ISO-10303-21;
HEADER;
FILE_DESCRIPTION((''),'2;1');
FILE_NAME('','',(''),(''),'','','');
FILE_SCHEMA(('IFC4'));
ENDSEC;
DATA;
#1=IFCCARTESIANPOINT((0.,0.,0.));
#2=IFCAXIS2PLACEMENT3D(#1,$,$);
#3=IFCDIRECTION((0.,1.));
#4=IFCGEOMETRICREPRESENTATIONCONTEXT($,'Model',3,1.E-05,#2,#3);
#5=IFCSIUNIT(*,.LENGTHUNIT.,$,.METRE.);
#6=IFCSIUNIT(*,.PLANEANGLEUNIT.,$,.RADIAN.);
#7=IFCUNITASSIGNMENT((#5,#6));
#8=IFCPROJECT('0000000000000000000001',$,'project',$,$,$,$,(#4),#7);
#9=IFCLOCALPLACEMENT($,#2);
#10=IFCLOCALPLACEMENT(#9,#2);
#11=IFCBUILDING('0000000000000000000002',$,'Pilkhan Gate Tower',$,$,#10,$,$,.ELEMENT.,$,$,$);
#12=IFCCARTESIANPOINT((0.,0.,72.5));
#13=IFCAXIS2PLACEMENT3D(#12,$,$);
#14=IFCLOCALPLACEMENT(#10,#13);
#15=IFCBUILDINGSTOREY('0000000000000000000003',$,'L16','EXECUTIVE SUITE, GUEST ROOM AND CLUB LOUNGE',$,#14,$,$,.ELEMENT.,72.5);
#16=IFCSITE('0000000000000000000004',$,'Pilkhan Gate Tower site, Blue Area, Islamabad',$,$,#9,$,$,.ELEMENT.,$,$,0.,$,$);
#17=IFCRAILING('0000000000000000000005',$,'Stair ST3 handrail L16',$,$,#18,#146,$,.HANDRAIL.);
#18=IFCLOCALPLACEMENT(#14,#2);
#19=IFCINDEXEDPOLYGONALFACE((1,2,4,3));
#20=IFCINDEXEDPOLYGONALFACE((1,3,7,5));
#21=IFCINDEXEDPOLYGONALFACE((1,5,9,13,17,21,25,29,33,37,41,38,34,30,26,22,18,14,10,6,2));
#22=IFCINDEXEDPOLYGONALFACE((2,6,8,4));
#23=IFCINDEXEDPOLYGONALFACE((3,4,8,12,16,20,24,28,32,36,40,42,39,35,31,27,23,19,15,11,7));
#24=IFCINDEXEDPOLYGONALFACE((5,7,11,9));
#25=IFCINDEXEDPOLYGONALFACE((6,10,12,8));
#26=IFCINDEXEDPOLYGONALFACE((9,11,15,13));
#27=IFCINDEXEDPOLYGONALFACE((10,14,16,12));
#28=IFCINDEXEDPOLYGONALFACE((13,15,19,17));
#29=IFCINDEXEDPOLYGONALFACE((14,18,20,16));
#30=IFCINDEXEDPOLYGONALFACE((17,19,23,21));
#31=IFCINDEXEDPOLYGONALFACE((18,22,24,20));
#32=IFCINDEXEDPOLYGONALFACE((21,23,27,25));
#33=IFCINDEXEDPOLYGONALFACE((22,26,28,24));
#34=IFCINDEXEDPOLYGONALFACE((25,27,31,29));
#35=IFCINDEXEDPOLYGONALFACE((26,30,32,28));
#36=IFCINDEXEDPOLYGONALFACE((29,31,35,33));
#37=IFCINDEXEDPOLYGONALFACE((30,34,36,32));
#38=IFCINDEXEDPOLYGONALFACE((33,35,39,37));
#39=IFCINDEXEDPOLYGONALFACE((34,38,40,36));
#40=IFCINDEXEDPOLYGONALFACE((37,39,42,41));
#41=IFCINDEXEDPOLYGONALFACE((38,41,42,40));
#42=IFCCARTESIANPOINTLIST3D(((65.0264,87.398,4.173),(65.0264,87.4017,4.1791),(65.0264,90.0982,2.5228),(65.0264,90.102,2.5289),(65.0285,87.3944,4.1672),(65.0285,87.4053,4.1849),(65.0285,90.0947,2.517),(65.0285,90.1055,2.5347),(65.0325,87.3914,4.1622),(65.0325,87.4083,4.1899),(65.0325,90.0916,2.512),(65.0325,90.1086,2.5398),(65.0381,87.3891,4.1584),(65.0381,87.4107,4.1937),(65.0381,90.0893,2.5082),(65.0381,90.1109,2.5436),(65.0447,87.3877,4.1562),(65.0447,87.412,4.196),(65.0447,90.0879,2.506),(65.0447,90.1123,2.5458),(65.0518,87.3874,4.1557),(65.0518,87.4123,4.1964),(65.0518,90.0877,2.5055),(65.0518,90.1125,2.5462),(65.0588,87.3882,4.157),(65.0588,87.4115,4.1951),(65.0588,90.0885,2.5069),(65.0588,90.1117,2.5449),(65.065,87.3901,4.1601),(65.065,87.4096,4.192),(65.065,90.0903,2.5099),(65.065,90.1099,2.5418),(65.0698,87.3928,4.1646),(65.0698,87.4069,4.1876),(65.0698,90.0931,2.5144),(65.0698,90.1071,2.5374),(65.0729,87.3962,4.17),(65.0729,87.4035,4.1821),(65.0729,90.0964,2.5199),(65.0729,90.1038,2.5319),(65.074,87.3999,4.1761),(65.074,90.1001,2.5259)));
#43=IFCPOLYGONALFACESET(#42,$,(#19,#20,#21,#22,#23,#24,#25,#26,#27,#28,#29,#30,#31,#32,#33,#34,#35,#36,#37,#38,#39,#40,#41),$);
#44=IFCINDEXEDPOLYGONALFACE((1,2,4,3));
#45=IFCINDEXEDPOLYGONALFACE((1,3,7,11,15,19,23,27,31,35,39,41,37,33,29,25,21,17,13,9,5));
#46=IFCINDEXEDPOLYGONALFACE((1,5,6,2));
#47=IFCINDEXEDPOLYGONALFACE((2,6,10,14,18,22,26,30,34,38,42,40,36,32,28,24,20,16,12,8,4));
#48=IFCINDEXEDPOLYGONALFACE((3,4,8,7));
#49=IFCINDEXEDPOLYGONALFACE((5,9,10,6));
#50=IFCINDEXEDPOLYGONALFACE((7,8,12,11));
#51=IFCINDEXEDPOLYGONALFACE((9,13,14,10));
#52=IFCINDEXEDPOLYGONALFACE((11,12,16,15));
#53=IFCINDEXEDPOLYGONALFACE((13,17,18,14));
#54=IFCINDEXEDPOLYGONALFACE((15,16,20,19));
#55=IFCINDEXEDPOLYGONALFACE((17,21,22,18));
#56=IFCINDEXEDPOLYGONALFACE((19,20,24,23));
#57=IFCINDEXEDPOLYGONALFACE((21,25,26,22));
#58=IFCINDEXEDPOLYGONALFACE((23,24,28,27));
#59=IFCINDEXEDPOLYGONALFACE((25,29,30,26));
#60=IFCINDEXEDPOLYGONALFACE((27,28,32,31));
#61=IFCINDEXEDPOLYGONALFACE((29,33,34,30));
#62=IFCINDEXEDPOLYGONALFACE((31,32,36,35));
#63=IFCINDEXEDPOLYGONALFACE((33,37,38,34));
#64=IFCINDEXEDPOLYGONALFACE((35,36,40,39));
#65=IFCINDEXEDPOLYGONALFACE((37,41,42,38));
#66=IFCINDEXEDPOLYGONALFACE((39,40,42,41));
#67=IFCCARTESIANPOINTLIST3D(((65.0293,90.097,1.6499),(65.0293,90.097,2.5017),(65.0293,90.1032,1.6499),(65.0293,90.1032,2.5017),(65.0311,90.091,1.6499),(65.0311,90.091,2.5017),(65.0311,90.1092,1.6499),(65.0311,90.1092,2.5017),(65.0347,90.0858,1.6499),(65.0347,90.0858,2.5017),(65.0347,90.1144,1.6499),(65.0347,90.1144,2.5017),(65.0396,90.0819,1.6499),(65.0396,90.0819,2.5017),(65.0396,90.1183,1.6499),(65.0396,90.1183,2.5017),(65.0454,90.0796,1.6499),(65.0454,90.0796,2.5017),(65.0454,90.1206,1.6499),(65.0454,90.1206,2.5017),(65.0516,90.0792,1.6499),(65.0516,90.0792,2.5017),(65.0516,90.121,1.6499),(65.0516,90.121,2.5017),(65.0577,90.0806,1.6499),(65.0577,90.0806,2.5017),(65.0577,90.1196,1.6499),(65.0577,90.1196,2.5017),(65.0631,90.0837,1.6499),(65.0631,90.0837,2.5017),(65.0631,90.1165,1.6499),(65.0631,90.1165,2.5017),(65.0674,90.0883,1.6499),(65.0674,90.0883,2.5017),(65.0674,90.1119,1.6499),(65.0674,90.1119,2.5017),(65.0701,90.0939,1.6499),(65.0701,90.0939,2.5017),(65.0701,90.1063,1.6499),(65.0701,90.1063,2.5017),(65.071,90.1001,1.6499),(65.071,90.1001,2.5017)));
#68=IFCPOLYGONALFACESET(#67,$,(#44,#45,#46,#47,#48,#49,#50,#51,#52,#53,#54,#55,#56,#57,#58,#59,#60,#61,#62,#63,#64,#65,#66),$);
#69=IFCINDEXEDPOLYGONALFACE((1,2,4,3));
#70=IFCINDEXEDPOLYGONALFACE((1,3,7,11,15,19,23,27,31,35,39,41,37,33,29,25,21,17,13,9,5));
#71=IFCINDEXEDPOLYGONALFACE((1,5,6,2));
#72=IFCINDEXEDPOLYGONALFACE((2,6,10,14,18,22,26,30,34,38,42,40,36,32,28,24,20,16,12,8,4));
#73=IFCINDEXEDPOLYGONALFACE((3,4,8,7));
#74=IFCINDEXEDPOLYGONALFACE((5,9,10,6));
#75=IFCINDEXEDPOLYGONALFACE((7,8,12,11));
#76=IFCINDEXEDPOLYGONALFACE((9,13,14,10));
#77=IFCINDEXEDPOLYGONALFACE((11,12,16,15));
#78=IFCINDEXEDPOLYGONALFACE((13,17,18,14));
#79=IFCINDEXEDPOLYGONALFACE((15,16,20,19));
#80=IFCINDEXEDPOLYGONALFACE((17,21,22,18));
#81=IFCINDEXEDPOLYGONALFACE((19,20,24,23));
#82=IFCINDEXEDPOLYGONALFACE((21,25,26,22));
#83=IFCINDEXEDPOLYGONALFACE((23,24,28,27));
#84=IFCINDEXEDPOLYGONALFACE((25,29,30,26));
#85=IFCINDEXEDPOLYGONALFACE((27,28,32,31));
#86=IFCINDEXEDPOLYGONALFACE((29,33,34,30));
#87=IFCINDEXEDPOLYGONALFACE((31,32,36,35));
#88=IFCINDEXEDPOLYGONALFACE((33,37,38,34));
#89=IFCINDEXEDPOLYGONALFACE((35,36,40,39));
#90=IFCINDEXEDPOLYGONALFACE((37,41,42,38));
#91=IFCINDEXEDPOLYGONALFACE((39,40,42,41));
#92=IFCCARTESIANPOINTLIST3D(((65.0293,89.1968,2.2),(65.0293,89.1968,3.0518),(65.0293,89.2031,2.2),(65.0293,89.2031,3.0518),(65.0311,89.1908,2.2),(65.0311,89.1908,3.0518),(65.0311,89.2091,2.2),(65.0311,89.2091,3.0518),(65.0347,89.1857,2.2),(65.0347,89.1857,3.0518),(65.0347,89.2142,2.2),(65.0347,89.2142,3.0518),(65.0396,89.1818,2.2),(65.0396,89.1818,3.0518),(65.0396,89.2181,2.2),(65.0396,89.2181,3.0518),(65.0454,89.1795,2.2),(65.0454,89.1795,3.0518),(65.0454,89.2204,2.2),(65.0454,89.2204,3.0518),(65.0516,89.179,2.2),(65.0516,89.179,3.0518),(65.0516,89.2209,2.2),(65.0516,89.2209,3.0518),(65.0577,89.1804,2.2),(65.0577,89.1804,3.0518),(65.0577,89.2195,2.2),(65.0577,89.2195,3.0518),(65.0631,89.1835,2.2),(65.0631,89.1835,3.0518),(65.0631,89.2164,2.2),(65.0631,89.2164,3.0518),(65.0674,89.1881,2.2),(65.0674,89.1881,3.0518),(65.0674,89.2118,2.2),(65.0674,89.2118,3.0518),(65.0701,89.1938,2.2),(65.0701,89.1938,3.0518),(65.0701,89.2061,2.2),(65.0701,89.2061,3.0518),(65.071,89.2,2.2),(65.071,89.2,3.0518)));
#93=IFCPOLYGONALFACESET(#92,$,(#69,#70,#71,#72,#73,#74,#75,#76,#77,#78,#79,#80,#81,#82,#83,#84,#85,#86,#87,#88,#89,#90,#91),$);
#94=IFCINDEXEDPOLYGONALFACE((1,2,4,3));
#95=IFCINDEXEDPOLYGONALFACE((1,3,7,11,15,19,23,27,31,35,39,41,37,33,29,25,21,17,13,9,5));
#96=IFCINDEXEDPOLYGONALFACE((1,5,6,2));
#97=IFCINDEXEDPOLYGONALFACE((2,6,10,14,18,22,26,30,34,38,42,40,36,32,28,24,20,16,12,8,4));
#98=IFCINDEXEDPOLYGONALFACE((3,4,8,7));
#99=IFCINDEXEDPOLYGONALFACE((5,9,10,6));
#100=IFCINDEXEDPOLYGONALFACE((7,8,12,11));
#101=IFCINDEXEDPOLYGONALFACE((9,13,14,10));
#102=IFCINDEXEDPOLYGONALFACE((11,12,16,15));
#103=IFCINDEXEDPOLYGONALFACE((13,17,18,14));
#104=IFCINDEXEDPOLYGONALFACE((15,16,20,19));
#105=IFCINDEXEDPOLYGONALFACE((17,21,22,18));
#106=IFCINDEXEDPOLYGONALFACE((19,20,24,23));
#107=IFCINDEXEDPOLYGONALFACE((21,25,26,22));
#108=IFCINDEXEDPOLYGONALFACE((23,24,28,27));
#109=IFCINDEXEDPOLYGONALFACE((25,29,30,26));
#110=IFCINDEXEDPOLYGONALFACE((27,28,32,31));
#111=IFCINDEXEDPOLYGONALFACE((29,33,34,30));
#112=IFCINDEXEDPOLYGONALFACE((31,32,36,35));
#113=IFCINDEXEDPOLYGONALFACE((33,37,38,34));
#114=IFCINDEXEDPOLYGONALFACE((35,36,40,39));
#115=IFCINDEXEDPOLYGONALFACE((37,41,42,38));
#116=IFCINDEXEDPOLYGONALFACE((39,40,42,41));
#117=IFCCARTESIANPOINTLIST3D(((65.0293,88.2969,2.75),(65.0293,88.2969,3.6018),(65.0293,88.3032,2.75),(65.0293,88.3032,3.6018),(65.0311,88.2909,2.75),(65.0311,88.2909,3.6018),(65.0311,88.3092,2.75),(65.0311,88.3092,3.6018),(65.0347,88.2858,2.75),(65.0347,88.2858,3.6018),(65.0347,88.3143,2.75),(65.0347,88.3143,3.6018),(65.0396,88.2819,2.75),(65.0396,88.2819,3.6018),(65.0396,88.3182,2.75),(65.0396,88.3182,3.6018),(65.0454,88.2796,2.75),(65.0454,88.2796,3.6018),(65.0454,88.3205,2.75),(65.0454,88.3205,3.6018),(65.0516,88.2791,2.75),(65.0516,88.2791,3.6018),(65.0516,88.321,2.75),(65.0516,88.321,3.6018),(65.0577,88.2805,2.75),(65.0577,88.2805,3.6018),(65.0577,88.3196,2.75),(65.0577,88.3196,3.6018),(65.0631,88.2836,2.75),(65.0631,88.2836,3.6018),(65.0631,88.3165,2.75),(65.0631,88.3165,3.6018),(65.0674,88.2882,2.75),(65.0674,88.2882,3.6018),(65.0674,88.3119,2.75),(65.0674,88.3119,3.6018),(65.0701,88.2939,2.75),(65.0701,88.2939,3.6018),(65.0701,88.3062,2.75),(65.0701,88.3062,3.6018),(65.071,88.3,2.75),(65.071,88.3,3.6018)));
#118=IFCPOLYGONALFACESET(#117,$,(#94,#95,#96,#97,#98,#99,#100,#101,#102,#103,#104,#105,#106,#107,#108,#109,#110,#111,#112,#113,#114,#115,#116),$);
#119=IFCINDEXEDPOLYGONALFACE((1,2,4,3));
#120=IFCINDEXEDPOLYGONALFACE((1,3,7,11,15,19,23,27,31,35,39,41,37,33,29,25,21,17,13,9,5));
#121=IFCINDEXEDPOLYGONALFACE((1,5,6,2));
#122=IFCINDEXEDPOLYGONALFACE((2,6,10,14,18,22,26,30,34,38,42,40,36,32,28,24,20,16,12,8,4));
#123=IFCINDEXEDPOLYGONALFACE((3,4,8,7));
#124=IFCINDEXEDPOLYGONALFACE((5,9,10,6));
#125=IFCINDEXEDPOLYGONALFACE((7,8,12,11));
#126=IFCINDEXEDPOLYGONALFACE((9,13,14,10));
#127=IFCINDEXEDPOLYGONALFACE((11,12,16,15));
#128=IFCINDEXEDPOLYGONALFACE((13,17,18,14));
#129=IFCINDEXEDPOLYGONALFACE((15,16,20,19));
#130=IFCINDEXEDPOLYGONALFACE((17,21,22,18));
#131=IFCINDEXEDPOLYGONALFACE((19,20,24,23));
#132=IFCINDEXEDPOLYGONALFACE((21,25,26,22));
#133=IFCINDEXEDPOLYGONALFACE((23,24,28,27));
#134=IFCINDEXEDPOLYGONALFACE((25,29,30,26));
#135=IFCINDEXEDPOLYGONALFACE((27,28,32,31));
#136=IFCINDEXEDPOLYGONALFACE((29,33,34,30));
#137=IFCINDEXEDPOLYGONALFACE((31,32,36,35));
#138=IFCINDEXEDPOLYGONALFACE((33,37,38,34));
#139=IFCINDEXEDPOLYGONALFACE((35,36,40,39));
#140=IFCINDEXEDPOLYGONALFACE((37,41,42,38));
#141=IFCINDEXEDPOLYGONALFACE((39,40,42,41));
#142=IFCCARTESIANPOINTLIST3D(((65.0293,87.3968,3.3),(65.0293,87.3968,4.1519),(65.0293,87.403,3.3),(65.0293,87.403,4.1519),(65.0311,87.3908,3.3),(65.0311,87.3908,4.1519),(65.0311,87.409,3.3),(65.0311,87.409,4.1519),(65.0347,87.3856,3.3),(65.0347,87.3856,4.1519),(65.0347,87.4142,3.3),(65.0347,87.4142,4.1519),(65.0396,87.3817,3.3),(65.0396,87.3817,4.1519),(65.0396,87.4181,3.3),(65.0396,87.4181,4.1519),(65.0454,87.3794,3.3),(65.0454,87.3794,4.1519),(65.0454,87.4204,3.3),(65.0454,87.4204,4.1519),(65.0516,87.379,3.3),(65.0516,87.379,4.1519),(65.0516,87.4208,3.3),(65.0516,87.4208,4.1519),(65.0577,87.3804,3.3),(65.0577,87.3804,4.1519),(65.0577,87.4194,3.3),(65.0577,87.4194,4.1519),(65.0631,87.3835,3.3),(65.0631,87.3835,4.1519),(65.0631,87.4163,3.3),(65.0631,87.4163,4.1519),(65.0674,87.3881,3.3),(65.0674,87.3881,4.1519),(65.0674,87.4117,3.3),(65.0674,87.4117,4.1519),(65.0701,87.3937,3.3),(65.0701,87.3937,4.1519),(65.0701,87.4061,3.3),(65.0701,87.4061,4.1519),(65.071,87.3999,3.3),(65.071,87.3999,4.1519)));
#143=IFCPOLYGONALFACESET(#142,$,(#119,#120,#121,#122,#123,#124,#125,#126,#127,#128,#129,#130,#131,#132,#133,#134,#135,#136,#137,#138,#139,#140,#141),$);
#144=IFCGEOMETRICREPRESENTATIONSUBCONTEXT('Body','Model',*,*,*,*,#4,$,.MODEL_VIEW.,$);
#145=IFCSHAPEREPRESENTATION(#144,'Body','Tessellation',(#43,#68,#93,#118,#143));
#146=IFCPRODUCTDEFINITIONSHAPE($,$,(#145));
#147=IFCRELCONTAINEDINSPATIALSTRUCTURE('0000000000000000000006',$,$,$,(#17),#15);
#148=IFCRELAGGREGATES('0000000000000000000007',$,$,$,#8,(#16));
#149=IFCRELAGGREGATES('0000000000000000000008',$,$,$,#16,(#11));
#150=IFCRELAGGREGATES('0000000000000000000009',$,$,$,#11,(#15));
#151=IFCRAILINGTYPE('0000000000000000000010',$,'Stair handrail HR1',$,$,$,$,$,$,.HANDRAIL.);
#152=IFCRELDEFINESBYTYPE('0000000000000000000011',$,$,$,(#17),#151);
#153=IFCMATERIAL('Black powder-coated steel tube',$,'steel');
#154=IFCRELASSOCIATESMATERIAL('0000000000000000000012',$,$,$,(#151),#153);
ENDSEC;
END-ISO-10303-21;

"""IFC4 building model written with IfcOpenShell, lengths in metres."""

from ifc_helpers import new_model, si_unit, direction, frame, origin, origin_2d, place, context, subcontext, project, spatial, circle, extrude, material, type_object, element, save


model = new_model("IFC4")

# Units and contexts
model_context = context("Model", 3, precision=1e-05, world=origin(), true_north=direction((0.0, 1.0)))
body_context = subcontext(model_context, "Body", "Model", "MODEL_VIEW")
ifc_project = project(units=[si_unit("LENGTHUNIT", "METRE"), si_unit("PLANEANGLEUNIT", "RADIAN")], contexts=[model_context])

# Site, building, storey
site_placement = place(None, origin())
site = spatial("IfcSite", under=ifc_project, at=site_placement, Name="Pilkhan Gate Tower site, Blue Area, Islamabad", CompositionType="ELEMENT", RefElevation=0.0)
building_placement = place(site_placement, origin())
building = spatial("IfcBuilding", under=site, at=building_placement, Name="Pilkhan Gate Tower", CompositionType="ELEMENT")
storey_placement = place(building_placement, frame((0.0, 0.0, 72.5)))
storey = spatial("IfcBuildingStorey", under=building, at=storey_placement, Name="L16", Description="EXECUTIVE SUITE, GUEST ROOM AND CLUB LOUNGE", CompositionType="ELEMENT", Elevation=72.5)

# Railing
ifc_material_1 = material(Name="Black powder-coated steel tube", Category="steel")
railing_type = type_object("IfcRailingType", Name="Stair handrail HR1", PredefinedType="HANDRAIL", material=ifc_material_1)
railing_placement = place(storey_placement, frame((65.05, 90.1001, 1.6499)))
element("IfcRailing", 1, at=railing_placement, inside=storey, type_object=railing_type, Name="Stair ST3 handrail L16", PredefinedType="HANDRAIL", context=body_context, shape_type="SweptSolid", body=[
    extrude(circle(Radius=0.0239, at=origin_2d()), frame((0.0, 0.0, 0.876), z_axis=(0.0, -0.853278, 0.521456), x_axis=(1.0, 0.0, 0.0)), (0.0, 0.0, 1.0), 3.1646),
    extrude(circle(Radius=0.021, at=origin_2d()), origin(), (0.0, 0.0, 1.0), 0.8518),
    extrude(circle(Radius=0.021, at=origin_2d()), frame((0.0, -0.9001, 0.55)), (0.0, 0.0, 1.0), 0.8518),
    extrude(circle(Radius=0.021, at=origin_2d()), frame((0.0, -1.8, 1.1001)), (0.0, 0.0, 1.0), 0.8518),
    extrude(circle(Radius=0.021, at=origin_2d()), frame((0.0, -2.7002, 1.6501)), (0.0, 0.0, 1.0), 0.8518),
])

save(model, "model.ifc")
